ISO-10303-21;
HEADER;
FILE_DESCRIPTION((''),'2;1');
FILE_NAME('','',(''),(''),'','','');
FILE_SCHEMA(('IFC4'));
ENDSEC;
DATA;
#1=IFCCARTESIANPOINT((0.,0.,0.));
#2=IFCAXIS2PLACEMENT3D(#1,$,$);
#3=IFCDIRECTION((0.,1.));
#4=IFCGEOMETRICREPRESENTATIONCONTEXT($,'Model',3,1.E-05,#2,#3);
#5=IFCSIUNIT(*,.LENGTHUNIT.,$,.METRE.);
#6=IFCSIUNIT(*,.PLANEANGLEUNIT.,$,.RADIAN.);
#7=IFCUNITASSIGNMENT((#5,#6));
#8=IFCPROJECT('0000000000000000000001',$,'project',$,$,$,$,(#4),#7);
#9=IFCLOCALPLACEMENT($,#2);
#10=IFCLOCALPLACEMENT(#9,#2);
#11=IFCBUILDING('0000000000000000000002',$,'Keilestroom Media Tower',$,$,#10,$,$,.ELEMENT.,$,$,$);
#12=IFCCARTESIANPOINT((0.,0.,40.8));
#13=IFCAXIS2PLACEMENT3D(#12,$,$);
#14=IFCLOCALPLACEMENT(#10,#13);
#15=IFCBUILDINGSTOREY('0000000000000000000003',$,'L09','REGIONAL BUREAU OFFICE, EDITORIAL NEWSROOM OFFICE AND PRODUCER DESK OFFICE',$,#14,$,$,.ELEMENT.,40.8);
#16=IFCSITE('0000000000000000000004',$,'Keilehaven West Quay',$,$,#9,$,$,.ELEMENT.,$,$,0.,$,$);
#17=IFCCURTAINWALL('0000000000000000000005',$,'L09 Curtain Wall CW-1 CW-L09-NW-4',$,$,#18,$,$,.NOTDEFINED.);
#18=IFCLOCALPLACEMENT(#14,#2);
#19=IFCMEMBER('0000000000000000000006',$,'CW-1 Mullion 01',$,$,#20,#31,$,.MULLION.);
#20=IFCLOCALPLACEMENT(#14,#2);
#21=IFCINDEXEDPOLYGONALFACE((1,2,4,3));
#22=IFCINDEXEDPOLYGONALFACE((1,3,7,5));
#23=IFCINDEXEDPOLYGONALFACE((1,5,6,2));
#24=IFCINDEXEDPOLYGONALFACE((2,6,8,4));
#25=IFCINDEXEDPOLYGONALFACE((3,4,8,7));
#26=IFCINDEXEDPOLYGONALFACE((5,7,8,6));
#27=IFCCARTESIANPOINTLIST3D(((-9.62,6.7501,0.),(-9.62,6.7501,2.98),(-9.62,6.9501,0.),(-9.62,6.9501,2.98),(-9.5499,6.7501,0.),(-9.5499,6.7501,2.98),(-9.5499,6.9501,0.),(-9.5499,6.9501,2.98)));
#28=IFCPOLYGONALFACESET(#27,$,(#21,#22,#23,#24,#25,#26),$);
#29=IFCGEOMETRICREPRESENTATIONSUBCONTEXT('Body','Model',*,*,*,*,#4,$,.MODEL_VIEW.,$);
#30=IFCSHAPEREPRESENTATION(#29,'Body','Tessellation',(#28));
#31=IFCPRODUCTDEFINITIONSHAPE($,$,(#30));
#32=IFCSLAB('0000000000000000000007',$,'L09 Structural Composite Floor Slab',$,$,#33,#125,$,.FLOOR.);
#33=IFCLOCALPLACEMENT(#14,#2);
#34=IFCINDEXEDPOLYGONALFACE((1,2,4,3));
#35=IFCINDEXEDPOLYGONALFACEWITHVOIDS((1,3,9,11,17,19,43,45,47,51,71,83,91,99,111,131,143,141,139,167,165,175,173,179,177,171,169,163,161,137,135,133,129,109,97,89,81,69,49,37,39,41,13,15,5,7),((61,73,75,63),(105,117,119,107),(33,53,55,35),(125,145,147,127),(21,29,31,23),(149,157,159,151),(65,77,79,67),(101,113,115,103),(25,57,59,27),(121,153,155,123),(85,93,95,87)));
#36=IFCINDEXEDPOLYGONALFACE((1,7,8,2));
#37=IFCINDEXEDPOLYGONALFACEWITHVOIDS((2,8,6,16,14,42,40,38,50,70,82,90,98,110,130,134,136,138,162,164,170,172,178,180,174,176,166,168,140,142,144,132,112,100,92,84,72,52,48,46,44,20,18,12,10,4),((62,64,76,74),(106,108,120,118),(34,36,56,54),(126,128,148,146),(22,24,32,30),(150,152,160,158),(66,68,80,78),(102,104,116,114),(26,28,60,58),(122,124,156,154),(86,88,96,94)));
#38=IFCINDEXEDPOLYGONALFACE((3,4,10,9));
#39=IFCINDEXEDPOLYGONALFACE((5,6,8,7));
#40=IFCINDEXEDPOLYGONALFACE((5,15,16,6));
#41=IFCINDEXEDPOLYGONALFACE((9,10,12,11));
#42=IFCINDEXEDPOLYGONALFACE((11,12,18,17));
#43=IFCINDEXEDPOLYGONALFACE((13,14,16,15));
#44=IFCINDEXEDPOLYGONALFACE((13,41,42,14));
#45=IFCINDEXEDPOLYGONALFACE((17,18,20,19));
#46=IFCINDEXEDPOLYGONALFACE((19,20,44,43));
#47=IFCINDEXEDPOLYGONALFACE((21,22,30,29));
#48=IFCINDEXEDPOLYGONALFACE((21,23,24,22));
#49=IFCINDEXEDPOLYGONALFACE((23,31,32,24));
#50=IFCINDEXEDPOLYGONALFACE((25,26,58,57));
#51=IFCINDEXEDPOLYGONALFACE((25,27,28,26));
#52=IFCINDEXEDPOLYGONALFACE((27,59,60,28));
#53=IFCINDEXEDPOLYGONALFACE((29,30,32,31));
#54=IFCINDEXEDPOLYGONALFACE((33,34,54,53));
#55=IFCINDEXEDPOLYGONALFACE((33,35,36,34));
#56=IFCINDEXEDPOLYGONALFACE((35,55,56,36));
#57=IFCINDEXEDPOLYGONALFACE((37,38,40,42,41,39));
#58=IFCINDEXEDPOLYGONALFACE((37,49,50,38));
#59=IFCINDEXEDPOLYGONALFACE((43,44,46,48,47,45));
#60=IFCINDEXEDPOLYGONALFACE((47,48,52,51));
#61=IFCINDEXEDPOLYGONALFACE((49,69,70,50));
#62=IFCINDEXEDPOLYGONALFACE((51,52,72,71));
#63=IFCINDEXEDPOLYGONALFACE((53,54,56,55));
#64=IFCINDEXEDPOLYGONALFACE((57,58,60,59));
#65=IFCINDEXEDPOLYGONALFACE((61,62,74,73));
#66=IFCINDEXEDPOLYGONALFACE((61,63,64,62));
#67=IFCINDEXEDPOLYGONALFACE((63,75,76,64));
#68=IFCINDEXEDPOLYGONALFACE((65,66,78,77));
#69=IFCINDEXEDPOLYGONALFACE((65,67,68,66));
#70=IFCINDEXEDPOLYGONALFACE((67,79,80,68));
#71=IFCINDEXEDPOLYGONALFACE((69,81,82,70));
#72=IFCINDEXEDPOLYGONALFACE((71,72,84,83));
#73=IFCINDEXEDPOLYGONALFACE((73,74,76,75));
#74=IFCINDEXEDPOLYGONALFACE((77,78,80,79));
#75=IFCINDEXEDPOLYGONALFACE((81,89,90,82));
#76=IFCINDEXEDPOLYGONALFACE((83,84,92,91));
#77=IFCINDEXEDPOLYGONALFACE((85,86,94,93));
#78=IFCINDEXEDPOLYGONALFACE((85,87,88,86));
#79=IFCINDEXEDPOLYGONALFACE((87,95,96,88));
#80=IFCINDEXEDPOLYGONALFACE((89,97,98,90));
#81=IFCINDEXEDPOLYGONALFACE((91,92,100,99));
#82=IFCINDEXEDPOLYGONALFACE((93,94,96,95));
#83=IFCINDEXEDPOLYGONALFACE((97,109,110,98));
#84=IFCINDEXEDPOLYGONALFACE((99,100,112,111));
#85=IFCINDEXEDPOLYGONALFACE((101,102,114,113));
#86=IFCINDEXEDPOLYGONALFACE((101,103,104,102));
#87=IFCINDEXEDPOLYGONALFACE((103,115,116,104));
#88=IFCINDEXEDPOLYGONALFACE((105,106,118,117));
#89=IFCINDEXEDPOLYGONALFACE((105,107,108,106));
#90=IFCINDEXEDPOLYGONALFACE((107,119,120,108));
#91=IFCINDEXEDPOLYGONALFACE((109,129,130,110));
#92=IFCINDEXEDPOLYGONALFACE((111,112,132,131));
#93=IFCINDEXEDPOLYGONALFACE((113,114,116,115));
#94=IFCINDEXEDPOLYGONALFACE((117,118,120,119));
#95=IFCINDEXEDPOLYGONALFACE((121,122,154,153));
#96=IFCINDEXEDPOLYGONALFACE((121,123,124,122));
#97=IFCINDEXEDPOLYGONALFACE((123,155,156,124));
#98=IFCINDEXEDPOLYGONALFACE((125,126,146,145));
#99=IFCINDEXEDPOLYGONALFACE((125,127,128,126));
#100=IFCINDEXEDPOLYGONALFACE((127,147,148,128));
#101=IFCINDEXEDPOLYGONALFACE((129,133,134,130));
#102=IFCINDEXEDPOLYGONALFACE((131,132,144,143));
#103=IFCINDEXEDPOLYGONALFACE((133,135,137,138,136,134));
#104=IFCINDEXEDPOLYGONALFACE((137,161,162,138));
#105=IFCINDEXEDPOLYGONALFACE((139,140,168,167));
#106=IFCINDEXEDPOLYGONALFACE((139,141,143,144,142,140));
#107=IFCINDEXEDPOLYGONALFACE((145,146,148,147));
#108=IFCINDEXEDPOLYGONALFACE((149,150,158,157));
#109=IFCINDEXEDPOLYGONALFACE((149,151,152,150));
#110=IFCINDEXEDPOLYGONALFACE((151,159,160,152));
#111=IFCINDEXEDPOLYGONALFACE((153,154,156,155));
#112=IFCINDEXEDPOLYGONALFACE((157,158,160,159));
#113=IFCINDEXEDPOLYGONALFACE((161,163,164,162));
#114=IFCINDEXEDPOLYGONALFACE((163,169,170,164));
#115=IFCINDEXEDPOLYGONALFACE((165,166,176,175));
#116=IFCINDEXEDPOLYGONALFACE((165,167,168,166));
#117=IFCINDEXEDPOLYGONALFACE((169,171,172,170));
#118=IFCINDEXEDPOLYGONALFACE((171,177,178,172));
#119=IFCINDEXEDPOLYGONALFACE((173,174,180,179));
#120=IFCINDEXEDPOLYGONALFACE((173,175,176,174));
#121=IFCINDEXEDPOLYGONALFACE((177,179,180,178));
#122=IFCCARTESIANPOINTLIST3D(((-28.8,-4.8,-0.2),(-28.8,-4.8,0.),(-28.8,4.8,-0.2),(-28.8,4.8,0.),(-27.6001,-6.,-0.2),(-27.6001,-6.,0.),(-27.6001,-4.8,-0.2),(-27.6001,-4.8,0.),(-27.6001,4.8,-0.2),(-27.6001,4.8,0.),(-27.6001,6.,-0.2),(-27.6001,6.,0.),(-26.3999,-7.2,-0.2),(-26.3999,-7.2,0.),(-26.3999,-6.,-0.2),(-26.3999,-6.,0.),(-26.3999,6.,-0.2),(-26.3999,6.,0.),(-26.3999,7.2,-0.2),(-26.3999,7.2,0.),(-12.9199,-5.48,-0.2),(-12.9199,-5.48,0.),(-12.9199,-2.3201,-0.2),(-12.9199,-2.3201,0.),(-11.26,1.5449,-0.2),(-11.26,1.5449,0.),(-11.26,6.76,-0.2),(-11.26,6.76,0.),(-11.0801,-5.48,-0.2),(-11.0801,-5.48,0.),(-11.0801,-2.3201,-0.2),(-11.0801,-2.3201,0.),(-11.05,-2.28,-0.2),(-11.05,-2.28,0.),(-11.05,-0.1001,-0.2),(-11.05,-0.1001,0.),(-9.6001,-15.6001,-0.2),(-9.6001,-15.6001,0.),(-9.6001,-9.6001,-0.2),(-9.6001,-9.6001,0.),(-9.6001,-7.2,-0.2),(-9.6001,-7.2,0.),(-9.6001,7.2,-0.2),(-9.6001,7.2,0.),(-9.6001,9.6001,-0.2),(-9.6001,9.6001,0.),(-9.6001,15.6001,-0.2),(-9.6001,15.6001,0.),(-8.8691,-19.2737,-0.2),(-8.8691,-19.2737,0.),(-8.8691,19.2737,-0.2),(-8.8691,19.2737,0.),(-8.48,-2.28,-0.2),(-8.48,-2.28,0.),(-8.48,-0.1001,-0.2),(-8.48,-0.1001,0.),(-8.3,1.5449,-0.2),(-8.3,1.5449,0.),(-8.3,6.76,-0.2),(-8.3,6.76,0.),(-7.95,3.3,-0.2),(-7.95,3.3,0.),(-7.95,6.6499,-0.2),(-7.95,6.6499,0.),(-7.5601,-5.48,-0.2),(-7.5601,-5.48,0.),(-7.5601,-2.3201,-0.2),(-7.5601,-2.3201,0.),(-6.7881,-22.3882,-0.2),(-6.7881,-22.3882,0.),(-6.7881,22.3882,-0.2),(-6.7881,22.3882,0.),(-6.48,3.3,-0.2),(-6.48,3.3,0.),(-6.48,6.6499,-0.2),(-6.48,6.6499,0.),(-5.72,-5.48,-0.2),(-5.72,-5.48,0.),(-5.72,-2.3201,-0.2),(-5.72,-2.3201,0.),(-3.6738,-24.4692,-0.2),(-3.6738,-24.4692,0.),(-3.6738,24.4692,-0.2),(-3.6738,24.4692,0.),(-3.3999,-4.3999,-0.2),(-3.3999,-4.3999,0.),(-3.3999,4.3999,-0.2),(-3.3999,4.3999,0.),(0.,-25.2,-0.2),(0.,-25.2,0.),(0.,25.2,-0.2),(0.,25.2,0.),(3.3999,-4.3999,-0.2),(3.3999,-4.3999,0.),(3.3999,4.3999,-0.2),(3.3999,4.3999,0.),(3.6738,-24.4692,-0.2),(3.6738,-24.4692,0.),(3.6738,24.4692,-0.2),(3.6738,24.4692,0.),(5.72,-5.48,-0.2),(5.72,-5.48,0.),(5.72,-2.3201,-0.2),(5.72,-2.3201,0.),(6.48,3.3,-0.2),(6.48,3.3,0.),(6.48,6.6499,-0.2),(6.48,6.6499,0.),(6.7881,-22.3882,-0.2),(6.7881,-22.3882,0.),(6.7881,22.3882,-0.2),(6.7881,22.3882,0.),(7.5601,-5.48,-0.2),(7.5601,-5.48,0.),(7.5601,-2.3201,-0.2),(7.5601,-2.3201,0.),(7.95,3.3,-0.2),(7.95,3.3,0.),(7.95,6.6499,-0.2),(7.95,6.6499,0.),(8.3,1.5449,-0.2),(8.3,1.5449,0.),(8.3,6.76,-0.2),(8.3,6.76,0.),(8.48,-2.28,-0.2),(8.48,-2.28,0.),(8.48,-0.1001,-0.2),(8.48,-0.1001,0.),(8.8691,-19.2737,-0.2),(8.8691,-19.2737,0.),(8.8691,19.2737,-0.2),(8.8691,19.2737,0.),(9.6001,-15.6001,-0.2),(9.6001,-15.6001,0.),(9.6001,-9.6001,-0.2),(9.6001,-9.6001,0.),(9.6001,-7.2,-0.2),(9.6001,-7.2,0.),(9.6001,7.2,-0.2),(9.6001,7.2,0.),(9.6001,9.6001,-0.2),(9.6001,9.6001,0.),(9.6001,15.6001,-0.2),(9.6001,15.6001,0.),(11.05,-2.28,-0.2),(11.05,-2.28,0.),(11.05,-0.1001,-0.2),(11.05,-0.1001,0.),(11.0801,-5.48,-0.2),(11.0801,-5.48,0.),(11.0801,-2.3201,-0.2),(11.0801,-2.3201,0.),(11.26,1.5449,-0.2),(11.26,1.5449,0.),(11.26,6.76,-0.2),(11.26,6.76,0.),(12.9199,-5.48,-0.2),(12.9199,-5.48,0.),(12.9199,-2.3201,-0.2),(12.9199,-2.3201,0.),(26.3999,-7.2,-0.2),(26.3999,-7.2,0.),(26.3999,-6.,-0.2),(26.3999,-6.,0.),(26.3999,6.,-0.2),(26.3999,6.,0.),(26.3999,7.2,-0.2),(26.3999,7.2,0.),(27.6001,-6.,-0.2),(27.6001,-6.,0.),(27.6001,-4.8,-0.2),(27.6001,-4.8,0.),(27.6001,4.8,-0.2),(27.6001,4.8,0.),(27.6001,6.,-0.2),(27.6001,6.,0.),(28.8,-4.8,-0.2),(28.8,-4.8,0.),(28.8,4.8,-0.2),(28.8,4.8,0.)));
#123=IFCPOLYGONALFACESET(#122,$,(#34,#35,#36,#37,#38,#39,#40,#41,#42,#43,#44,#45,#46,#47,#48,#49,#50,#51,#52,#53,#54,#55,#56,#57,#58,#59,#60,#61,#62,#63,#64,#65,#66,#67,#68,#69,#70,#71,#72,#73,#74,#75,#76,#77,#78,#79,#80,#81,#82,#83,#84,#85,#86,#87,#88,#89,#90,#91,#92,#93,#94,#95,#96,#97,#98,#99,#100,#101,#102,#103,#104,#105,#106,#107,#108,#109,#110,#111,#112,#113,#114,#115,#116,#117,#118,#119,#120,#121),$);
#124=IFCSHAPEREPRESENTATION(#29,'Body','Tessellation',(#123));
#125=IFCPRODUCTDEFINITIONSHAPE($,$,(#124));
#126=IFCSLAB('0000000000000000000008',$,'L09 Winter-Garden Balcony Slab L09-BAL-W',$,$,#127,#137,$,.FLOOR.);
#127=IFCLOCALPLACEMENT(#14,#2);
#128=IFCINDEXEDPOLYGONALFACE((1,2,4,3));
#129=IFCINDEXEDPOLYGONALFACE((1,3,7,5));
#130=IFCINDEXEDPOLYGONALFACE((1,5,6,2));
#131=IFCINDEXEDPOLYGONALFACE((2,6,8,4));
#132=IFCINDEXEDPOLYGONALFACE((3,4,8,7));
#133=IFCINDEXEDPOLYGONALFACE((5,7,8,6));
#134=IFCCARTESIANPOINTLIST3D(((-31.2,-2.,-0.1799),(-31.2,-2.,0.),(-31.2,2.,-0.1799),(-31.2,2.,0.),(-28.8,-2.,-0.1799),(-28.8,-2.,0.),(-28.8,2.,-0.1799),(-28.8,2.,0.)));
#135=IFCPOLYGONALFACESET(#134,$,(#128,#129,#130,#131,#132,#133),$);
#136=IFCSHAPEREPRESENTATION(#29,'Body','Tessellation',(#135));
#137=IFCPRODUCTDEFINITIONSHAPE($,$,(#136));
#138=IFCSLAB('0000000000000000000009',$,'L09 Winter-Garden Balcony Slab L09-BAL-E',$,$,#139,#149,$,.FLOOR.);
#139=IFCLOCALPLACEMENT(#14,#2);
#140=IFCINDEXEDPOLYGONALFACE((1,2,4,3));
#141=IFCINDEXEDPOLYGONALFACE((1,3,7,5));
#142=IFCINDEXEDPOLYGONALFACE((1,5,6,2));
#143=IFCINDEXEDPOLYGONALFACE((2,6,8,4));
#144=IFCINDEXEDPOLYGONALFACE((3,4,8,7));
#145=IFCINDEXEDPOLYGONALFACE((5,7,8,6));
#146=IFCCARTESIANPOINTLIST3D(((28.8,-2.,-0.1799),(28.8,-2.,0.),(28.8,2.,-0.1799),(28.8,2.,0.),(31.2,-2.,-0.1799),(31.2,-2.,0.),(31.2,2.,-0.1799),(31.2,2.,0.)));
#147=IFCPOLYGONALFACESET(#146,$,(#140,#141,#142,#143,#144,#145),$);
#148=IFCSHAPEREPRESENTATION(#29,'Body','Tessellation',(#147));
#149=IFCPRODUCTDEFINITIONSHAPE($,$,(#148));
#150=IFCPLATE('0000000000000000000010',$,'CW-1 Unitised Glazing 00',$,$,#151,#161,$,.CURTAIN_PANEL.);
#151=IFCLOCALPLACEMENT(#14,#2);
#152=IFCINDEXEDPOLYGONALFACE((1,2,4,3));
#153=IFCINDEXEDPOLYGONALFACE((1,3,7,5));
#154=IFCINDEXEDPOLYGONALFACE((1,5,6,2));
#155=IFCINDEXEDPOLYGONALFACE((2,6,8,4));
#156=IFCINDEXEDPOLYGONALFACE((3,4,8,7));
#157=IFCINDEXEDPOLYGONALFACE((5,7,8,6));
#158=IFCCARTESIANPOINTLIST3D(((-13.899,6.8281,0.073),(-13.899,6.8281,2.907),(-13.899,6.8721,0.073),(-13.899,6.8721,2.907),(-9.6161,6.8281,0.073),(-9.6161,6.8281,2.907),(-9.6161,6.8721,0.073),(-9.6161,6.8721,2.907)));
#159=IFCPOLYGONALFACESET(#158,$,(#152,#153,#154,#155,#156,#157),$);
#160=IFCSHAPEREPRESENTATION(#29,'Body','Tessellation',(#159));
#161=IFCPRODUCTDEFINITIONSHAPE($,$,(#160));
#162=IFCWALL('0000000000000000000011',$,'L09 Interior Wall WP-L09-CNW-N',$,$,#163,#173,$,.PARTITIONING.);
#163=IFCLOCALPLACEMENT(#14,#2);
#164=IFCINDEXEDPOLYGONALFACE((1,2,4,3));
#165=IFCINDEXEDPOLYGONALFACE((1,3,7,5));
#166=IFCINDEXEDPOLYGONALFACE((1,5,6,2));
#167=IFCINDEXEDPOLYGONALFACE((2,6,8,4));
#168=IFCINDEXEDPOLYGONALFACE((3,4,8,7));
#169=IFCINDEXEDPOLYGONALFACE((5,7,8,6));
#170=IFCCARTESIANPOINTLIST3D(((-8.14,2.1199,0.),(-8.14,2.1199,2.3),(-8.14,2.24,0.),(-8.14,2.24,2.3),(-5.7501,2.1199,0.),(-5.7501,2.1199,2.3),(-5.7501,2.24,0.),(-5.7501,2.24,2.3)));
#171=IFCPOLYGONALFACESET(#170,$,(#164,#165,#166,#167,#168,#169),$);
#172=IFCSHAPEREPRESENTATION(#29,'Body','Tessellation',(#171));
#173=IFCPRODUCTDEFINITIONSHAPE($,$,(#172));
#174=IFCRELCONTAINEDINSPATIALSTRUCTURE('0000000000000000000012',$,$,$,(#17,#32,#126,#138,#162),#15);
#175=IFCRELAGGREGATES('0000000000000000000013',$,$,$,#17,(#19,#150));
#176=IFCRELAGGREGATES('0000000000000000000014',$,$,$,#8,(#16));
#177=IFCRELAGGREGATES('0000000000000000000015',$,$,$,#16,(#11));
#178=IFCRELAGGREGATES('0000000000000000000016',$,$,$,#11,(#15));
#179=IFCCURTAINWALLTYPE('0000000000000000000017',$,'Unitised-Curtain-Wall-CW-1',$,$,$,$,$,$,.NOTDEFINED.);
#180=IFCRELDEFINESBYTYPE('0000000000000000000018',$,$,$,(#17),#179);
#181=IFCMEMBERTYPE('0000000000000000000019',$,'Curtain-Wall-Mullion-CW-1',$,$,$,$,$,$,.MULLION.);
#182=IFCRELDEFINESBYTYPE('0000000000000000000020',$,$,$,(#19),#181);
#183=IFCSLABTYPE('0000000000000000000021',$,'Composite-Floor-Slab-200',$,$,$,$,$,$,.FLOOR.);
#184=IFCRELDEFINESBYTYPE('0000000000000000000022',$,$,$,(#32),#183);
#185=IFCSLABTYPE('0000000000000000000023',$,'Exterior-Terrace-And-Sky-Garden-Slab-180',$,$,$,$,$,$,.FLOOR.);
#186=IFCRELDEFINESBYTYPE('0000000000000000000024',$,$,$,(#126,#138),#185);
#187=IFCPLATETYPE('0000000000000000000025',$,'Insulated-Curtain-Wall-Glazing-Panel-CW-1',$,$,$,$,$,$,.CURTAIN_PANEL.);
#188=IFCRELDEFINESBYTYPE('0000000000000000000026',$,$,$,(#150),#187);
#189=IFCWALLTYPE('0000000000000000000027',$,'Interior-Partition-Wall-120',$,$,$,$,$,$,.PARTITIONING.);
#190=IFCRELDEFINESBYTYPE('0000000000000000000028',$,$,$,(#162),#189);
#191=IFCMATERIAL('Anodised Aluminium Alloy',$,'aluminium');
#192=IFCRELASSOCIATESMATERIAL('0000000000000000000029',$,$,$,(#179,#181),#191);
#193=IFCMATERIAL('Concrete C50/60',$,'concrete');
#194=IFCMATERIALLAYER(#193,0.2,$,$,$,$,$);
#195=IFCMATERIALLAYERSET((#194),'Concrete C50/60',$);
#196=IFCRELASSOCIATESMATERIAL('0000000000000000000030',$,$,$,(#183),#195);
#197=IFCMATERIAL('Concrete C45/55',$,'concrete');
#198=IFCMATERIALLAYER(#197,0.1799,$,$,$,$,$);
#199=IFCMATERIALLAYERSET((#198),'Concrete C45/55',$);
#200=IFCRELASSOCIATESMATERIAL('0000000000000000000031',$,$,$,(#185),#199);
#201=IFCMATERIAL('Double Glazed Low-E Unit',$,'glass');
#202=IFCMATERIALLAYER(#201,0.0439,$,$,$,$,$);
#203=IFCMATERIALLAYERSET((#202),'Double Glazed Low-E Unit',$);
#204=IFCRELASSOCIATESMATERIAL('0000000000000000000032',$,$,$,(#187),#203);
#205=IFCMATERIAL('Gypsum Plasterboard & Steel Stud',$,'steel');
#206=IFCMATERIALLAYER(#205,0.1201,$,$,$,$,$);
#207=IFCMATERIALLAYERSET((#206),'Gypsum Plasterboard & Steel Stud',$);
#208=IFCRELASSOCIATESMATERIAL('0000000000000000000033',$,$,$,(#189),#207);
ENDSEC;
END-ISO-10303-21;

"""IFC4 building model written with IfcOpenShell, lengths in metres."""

from ifc_helpers import new_model, si_unit, direction, frame, frame_2d, origin, origin_2d, place, context, subcontext, project, spatial, polyline, rectangle, outline, extrude, source, transform, mapped, material, layer, layer_set, material_profile, profile_set, type_object, element, aggregate, save


model = new_model("IFC4")

# Units and contexts
model_context = context("Model", 3, precision=1e-05, world=origin(), true_north=direction((0.0, 1.0)))
body_context = subcontext(model_context, "Body", "Model", "MODEL_VIEW")
ifc_project = project(units=[si_unit("LENGTHUNIT", "METRE"), si_unit("PLANEANGLEUNIT", "RADIAN")], contexts=[model_context])

# Site, building, storey
site_placement = place(None, origin())
site = spatial("IfcSite", under=ifc_project, at=site_placement, Name="Keilehaven West Quay", CompositionType="ELEMENT", RefElevation=0.0)
building_placement = place(site_placement, origin())
building = spatial("IfcBuilding", under=site, at=building_placement, Name="Keilestroom Media Tower", CompositionType="ELEMENT")
storey_placement = place(building_placement, frame((0.0, 0.0, 40.8)))
storey = spatial("IfcBuildingStorey", under=building, at=storey_placement, Name="L09", Description="REGIONAL BUREAU OFFICE, EDITORIAL NEWSROOM OFFICE AND PRODUCER DESK OFFICE", CompositionType="ELEMENT", Elevation=40.8)

# Curtain wall, member
ifc_material_1 = material(Name="Anodised Aluminium Alloy", Category="aluminium")
curtain_wall_type = type_object("IfcCurtainWallType", Name="Unitised-Curtain-Wall-CW-1", PredefinedType="NOTDEFINED", material=ifc_material_1)
curtain_wall_placement = place(storey_placement, origin())
curtain_wall = element("IfcCurtainWall", 1, at=curtain_wall_placement, inside=storey, type_object=curtain_wall_type, Name="L09 Curtain Wall CW-1 CW-L09-NW-4", PredefinedType="NOTDEFINED")
ifc_material_profile = material_profile(ifc_material_1, rectangle(XDim=0.0701, YDim=0.2, at=origin_2d()), Name="ALU MULLION 70x200")
ifc_profile_set = profile_set([ifc_material_profile], Name="Anodised Aluminium Alloy")
member_type = type_object("IfcMemberType", Name="Curtain-Wall-Mullion-CW-1", PredefinedType="MULLION", material=ifc_profile_set)
shared_shape_1 = source(origin(), body_context, "Body", "SweptSolid", [
    extrude(rectangle(XDim=0.0701, YDim=0.2, at=origin_2d()), origin(), (0.0, 0.0, 1.0), 2.98),
])
member_placement = place(storey_placement, frame((-9.585, 6.8501, 0.0), z_axis=(0.0, 0.0, 1.0), x_axis=(1.0, 0.0, 0.0)))
member = element("IfcMember", 2, at=member_placement, type_object=member_type, Name="CW-1 Mullion 01", PredefinedType="MULLION", context=body_context, shape_type="MappedRepresentation", body=[
    mapped(shared_shape_1, transform((0.0, 0.0, 0.0), x_axis=(1.0, 0.0, 0.0), y_axis=(0.0, 1.0, 0.0), z_axis=(0.0, 0.0, 1.0), scale=1.0)),
])

# Slabs
ifc_material_2 = material(Name="Concrete C50/60", Category="concrete")
ifc_layer_1 = layer(ifc_material_2, 0.2)
ifc_layer_set_1 = layer_set([ifc_layer_1], Name="Concrete C50/60")
slab_type_1 = type_object("IfcSlabType", Name="Composite-Floor-Slab-200", PredefinedType="FLOOR", material=ifc_layer_set_1)
slab_1_placement = place(storey_placement, frame((0.0, 0.0, -0.2)))
element("IfcSlab", 3, at=slab_1_placement, inside=storey, type_object=slab_type_1, Name="L09 Structural Composite Floor Slab", PredefinedType="FLOOR", context=body_context, shape_type="SweptSolid", body=[
    extrude(outline(polyline([(28.8, -4.8), (28.8, 4.8), (27.6001, 4.8), (27.6001, 6.0), (26.3999, 6.0), (26.3999, 7.2), (9.6001, 7.2), (9.6001, 9.6001), (9.6001, 15.6001), (8.8691, 19.2737), (6.7881, 22.3882), (3.6738, 24.4692), (0.0, 25.2), (-3.6738, 24.4692), (-6.7881, 22.3882), (-8.8691, 19.2737), (-9.6001, 15.6001), (-9.6001, 9.6001), (-9.6001, 7.2), (-26.3999, 7.2), (-26.3999, 6.0), (-27.6001, 6.0), (-27.6001, 4.8), (-28.8, 4.8), (-28.8, -4.8), (-27.6001, -4.8), (-27.6001, -6.0), (-26.3999, -6.0), (-26.3999, -7.2), (-9.6001, -7.2), (-9.6001, -9.6001), (-9.6001, -15.6001), (-8.8691, -19.2737), (-6.7881, -22.3882), (-3.6738, -24.4692), (0.0, -25.2), (3.6738, -24.4692), (6.7881, -22.3882), (8.8691, -19.2737), (9.6001, -15.6001), (9.6001, -9.6001), (9.6001, -7.2), (26.3999, -7.2), (26.3999, -6.0), (27.6001, -6.0), (27.6001, -4.8), (28.8, -4.8)]), holes=[polyline([(-12.9199, -5.48), (-12.9199, -2.3201), (-11.0801, -2.3201), (-11.0801, -5.48), (-12.9199, -5.48)]), polyline([(-11.26, 1.5449), (-11.26, 6.76), (-8.3, 6.76), (-8.3, 1.5449), (-11.26, 1.5449)]), polyline([(-11.05, -2.28), (-11.05, -0.1001), (-8.48, -0.1001), (-8.48, -2.28), (-11.05, -2.28)]), polyline([(-7.95, 3.3), (-7.95, 6.6499), (-6.48, 6.6499), (-6.48, 3.3), (-7.95, 3.3)]), polyline([(-7.5601, -5.48), (-7.5601, -2.3201), (-5.72, -2.3201), (-5.72, -5.48), (-7.5601, -5.48)]), polyline([(-3.3999, -4.3999), (-3.3999, 4.3999), (3.3999, 4.3999), (3.3999, -4.3999), (-3.3999, -4.3999)]), polyline([(5.72, -5.48), (5.72, -2.3201), (7.5601, -2.3201), (7.5601, -5.48), (5.72, -5.48)]), polyline([(7.95, 6.6499), (7.95, 3.3), (6.48, 3.3), (6.48, 6.6499), (7.95, 6.6499)]), polyline([(8.3, 6.76), (11.26, 6.76), (11.26, 1.5449), (8.3, 1.5449), (8.3, 6.76)]), polyline([(8.48, -2.28), (8.48, -0.1001), (11.05, -0.1001), (11.05, -2.28), (8.48, -2.28)]), polyline([(12.9199, -5.48), (11.0801, -5.48), (11.0801, -2.3201), (12.9199, -2.3201), (12.9199, -5.48)])]), origin(), (0.0, 0.0, 1.0), 0.2),
])
ifc_material_3 = material(Name="Concrete C45/55", Category="concrete")
ifc_layer_2 = layer(ifc_material_3, 0.1799)
ifc_layer_set_2 = layer_set([ifc_layer_2], Name="Concrete C45/55")
slab_type_2 = type_object("IfcSlabType", Name="Exterior-Terrace-And-Sky-Garden-Slab-180", PredefinedType="FLOOR", material=ifc_layer_set_2)
slab_2_placement = place(storey_placement, frame((0.0, 0.0, -0.1799)))
element("IfcSlab", 4, at=slab_2_placement, inside=storey, type_object=slab_type_2, Name="L09 Winter-Garden Balcony Slab L09-BAL-W", PredefinedType="FLOOR", context=body_context, shape_type="SweptSolid", body=[
    extrude(outline(polyline([(-31.2, -2.0), (-28.8, -2.0), (-28.8, 2.0), (-31.2, 2.0), (-31.2, -2.0)])), origin(), (0.0, 0.0, 1.0), 0.1799),
])
slab_3_placement = place(storey_placement, frame((0.0, 0.0, -0.1799)))
element("IfcSlab", 5, at=slab_3_placement, inside=storey, type_object=slab_type_2, Name="L09 Winter-Garden Balcony Slab L09-BAL-E", PredefinedType="FLOOR", context=body_context, shape_type="SweptSolid", body=[
    extrude(outline(polyline([(28.8, -2.0), (31.2, -2.0), (31.2, 2.0), (28.8, 2.0), (28.8, -2.0)])), origin(), (0.0, 0.0, 1.0), 0.1799),
])

# Plate
ifc_material_4 = material(Name="Double Glazed Low-E Unit", Category="glass")
ifc_layer_3 = layer(ifc_material_4, 0.0439)
ifc_layer_set_3 = layer_set([ifc_layer_3], Name="Double Glazed Low-E Unit")
plate_type = type_object("IfcPlateType", Name="Insulated-Curtain-Wall-Glazing-Panel-CW-1", PredefinedType="CURTAIN_PANEL", material=ifc_layer_set_3)
shared_shape_2 = source(origin(), body_context, "Body", "SweptSolid", [
    extrude(rectangle(XDim=4.283, YDim=0.0439, at=origin_2d()), origin(), (0.0, 0.0, 1.0), 2.834),
])
plate_placement = place(storey_placement, frame((-11.7576, 6.8501, 0.073), z_axis=(0.0, 0.0, 1.0), x_axis=(1.0, 0.0, 0.0)))
plate = element("IfcPlate", 6, at=plate_placement, type_object=plate_type, Name="CW-1 Unitised Glazing 00", PredefinedType="CURTAIN_PANEL", context=body_context, shape_type="MappedRepresentation", body=[
    mapped(shared_shape_2, transform((0.0, 0.0, 0.0), x_axis=(1.0, 0.0, 0.0), y_axis=(0.0, 1.0, 0.0), z_axis=(0.0, 0.0, 1.0), scale=1.0)),
])
aggregate(curtain_wall, [member, plate])

# Wall
ifc_material_5 = material(Name="Gypsum Plasterboard & Steel Stud", Category="steel")
ifc_layer_4 = layer(ifc_material_5, 0.1201)
ifc_layer_set_4 = layer_set([ifc_layer_4], Name="Gypsum Plasterboard & Steel Stud")
wall_type_1 = type_object("IfcWallType", Name="Interior-Partition-Wall-120", PredefinedType="PARTITIONING", material=ifc_layer_set_4)
wall_1_placement = place(storey_placement, frame((-8.1399, 2.1799, 0.0), z_axis=(0.0, 0.0, 1.0), x_axis=(1.0, 0.0, 0.0)))
element("IfcWall", 7, at=wall_1_placement, inside=storey, type_object=wall_type_1, Name="L09 Interior Wall WP-L09-CNW-N", PredefinedType="PARTITIONING", context=body_context, shape_type="SweptSolid", body=[
    extrude(rectangle(XDim=2.3899, YDim=0.1201, at=frame_2d((1.1948, 0.0))), origin(), (0.0, 0.0, 1.0), 2.3),
])

save(model, "model.ifc")
